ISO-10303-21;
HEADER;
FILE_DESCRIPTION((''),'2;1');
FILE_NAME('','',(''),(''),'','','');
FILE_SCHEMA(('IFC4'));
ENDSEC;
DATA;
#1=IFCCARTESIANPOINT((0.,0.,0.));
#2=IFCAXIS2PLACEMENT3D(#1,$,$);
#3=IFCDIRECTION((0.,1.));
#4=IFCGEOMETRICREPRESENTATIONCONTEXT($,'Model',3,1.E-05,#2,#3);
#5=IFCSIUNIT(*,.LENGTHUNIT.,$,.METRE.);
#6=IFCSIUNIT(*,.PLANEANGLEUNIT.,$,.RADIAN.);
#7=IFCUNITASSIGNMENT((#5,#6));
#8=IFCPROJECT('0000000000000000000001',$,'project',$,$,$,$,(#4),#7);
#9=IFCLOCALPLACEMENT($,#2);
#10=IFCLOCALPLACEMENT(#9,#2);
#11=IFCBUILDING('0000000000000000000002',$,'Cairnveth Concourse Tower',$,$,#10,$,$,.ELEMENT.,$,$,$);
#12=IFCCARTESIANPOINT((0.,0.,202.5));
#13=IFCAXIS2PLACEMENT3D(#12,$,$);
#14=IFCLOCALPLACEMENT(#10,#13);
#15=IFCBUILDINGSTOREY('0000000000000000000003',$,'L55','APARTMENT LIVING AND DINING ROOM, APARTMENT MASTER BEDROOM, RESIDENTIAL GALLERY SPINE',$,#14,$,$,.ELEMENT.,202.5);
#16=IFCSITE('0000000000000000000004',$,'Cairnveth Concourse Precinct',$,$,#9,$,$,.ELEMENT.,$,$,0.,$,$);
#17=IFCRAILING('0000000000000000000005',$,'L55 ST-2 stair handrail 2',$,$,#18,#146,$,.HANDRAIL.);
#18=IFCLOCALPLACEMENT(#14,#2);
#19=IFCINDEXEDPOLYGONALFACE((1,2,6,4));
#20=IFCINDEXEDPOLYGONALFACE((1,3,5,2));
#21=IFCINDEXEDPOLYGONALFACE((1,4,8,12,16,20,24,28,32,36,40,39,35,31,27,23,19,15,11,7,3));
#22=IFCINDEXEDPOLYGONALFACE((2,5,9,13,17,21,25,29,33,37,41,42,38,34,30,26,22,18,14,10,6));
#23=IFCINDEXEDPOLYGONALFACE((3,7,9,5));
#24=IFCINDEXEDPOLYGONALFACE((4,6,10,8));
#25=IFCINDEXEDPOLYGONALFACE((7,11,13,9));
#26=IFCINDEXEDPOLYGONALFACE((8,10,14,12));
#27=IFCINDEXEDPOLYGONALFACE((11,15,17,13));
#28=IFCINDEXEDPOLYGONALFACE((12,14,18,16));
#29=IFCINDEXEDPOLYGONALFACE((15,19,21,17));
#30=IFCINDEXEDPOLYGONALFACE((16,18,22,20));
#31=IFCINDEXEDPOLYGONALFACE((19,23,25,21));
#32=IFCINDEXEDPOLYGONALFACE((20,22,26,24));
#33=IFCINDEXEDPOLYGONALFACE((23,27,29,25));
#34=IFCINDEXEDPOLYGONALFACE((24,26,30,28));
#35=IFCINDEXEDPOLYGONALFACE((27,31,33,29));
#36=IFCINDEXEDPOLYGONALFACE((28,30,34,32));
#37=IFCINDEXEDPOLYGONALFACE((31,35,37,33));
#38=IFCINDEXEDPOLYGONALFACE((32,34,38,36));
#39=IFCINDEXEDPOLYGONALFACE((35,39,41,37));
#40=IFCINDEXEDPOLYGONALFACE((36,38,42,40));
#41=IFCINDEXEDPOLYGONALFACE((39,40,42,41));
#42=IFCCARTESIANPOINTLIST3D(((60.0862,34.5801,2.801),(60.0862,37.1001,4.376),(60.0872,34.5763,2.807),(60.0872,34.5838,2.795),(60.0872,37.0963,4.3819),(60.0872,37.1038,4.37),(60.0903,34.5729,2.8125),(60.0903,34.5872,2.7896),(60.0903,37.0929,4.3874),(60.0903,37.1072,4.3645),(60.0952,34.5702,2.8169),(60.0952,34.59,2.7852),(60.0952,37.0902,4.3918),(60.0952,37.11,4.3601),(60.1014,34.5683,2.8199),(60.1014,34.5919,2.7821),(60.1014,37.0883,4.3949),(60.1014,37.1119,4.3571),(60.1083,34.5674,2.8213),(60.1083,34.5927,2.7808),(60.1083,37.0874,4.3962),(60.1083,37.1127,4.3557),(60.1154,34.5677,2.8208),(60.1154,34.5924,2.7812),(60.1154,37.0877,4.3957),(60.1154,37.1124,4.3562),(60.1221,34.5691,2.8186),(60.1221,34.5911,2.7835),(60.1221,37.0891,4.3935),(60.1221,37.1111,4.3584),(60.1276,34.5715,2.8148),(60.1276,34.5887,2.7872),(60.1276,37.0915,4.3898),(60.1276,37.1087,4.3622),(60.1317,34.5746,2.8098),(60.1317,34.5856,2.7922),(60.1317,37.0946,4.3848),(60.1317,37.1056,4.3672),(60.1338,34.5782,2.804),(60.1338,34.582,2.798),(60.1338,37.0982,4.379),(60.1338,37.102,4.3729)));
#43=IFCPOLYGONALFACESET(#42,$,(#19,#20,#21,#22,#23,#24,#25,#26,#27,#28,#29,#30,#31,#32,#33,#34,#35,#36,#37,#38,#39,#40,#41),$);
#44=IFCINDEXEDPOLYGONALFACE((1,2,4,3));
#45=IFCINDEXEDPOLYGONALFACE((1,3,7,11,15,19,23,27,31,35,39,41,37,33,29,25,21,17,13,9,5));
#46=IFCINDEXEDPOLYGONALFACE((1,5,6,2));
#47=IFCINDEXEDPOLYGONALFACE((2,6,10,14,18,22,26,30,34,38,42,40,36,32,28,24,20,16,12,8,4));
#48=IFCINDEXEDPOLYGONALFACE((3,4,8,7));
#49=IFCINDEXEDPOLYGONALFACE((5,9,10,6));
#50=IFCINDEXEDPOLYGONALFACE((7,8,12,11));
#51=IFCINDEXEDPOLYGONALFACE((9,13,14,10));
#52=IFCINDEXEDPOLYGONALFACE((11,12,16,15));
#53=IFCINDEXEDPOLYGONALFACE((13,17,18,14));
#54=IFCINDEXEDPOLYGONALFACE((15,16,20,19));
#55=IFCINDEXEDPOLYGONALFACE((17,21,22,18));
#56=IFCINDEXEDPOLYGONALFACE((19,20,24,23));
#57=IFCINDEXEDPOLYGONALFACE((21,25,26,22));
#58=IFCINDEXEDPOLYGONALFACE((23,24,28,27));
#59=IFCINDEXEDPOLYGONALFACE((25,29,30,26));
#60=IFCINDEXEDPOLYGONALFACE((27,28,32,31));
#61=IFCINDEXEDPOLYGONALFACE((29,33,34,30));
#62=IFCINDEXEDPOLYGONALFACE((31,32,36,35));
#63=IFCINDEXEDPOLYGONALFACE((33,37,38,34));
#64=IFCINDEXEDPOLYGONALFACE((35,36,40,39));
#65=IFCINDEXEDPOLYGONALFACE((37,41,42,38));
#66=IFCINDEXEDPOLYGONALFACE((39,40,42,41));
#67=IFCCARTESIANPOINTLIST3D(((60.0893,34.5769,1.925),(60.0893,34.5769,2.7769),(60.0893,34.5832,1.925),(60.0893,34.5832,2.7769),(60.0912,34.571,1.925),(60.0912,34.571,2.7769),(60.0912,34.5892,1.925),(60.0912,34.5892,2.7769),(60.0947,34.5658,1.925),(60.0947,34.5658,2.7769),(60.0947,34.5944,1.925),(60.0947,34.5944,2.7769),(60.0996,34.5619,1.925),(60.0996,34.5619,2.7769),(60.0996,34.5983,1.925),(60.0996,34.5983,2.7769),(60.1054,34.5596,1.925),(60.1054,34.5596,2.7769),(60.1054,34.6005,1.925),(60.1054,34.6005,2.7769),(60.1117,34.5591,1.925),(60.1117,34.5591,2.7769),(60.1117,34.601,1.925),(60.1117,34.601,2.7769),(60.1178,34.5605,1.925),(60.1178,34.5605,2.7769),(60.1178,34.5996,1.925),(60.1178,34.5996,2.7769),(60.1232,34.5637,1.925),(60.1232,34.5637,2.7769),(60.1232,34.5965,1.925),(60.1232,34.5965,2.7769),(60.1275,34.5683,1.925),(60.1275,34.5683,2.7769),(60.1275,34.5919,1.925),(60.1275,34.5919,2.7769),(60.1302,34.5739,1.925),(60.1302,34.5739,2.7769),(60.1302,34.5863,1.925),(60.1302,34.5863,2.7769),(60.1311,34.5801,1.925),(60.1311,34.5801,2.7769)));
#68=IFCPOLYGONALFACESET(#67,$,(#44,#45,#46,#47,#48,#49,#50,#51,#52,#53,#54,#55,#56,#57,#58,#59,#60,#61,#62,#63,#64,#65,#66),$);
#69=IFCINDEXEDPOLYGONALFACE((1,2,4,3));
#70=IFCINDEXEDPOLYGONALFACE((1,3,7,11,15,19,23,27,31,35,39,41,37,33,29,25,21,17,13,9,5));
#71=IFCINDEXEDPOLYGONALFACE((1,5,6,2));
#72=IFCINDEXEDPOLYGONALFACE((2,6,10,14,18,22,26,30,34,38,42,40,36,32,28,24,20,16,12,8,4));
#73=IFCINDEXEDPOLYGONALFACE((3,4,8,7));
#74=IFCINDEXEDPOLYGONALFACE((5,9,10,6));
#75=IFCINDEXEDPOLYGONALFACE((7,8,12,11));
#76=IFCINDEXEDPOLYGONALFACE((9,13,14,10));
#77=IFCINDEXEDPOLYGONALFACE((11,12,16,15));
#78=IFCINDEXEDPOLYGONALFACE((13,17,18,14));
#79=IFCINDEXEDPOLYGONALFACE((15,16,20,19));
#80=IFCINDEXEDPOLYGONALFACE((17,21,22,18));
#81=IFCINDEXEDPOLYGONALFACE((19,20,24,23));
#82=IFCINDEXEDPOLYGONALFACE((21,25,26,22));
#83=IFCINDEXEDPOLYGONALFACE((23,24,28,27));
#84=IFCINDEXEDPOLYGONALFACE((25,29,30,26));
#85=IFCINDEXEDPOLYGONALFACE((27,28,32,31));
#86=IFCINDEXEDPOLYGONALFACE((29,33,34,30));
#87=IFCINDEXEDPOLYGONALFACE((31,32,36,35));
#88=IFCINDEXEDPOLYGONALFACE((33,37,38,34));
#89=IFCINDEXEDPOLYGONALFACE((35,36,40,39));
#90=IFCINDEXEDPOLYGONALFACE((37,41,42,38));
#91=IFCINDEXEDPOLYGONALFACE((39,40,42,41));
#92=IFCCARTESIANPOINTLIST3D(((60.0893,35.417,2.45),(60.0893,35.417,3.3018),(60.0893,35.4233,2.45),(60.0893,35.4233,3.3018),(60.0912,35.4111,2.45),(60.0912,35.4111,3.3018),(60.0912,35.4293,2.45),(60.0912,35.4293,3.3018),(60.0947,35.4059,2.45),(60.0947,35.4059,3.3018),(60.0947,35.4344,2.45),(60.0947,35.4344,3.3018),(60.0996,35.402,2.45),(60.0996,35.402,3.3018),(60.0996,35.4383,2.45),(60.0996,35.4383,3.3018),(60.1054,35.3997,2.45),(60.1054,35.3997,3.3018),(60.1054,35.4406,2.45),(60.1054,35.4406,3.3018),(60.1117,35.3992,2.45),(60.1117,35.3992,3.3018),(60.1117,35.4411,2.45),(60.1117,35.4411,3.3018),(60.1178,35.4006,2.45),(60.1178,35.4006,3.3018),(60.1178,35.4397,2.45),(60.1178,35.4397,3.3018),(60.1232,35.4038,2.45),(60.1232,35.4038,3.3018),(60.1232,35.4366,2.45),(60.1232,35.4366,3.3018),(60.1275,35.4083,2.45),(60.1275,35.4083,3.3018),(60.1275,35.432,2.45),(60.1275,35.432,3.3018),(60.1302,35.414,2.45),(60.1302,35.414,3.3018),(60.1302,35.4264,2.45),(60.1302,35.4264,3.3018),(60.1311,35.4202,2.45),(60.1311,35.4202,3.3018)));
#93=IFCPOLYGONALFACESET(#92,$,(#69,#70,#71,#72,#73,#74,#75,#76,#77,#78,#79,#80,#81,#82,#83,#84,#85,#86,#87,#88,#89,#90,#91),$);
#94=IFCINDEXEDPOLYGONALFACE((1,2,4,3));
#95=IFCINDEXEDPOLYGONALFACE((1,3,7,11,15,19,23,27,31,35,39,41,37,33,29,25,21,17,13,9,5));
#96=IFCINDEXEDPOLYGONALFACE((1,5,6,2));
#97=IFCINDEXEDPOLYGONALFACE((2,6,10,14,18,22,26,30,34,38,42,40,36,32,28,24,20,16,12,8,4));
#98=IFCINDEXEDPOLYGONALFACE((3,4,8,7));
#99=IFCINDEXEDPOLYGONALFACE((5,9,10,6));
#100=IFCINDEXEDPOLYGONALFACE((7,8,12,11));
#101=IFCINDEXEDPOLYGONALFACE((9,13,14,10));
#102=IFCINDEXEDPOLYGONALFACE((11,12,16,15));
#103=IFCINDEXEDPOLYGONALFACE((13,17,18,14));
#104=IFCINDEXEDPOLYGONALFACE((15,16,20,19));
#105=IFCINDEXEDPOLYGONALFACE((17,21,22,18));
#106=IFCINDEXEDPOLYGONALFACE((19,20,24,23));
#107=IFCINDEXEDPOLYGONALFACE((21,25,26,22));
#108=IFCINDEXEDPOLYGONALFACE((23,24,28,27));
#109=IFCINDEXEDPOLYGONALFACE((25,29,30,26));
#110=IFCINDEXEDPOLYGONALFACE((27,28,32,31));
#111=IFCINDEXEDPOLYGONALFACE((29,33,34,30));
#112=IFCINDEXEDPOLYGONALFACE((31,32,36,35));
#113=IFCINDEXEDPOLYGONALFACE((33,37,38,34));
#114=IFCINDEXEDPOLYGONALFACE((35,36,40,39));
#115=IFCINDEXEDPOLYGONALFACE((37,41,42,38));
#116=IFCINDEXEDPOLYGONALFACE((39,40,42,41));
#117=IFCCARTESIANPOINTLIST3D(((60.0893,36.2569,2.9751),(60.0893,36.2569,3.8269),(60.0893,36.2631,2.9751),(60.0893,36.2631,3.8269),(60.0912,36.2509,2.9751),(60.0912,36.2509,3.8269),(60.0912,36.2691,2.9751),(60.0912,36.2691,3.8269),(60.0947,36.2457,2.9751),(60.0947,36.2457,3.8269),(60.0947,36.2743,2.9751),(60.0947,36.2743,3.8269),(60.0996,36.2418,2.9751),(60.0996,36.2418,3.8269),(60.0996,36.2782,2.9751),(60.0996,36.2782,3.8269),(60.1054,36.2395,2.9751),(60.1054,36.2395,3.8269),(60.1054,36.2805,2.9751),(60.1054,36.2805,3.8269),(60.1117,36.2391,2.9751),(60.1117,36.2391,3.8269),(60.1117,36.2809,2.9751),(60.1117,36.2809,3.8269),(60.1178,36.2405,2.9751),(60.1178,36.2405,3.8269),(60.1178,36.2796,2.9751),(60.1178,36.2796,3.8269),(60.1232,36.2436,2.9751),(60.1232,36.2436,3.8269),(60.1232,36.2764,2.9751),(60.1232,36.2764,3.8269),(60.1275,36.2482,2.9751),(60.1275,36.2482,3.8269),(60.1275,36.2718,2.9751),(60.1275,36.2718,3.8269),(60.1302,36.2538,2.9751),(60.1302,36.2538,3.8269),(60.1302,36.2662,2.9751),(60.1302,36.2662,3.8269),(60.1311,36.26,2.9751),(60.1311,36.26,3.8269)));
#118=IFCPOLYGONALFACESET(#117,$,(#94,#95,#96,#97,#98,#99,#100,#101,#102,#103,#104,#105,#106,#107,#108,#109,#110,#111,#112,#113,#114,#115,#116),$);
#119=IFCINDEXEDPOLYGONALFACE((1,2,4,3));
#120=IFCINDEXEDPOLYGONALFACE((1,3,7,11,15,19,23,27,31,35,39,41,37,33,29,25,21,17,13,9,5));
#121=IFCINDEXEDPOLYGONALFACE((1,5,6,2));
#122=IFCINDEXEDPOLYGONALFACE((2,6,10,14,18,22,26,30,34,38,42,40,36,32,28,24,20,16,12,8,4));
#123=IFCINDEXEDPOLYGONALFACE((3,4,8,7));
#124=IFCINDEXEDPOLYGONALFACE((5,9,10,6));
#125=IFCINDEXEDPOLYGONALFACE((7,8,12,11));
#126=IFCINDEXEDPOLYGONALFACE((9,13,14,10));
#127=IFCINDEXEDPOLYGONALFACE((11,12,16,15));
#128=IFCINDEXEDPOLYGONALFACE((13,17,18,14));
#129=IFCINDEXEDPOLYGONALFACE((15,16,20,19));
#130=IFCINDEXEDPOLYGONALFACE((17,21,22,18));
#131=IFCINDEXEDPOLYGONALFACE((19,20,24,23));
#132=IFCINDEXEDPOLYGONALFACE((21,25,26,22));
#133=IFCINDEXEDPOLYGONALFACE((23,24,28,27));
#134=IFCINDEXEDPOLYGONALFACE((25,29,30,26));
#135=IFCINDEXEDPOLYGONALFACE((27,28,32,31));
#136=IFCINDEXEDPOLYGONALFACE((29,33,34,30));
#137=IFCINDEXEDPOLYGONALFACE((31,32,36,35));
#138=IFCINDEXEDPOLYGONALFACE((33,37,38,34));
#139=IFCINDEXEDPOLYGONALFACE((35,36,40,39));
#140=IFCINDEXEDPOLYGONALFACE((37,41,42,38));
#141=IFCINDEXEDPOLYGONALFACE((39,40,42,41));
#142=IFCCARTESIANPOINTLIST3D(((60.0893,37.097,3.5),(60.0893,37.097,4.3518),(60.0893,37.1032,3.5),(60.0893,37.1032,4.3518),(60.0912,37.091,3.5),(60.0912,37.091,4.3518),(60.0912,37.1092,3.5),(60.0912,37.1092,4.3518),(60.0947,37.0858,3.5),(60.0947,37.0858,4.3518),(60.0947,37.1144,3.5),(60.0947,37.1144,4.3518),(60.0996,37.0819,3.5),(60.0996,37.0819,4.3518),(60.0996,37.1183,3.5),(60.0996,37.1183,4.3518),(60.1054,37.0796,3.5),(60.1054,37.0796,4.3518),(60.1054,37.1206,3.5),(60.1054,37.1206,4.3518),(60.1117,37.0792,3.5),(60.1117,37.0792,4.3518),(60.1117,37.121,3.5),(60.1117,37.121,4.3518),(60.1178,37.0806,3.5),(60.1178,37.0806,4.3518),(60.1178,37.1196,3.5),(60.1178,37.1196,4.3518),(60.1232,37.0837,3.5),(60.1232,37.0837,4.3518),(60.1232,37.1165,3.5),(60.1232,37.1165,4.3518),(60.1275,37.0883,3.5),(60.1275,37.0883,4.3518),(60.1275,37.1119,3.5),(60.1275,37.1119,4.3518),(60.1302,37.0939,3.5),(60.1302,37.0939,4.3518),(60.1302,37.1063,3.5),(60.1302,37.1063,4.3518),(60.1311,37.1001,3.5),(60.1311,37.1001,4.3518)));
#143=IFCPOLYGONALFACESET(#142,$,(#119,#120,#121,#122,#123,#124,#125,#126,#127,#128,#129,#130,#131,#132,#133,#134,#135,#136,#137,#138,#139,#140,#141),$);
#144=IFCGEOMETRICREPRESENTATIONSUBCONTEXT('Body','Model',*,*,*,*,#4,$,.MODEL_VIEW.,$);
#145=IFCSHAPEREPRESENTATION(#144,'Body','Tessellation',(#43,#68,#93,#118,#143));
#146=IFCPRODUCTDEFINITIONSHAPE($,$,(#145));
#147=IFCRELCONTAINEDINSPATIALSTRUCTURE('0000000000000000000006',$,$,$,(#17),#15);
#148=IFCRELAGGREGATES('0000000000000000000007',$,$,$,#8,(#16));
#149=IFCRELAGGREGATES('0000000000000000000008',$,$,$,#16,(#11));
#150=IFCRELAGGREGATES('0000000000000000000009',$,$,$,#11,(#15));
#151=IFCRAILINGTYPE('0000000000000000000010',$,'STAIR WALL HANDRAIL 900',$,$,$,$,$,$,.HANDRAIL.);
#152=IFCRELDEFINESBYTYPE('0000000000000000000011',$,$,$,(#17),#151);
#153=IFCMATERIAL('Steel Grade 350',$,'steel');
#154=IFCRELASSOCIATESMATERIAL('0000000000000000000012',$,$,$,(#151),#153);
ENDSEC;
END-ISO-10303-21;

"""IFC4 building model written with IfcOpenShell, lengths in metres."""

from ifc_helpers import new_model, si_unit, direction, frame, origin, origin_2d, place, context, subcontext, project, spatial, circle, extrude, material, type_object, element, save


model = new_model("IFC4")

# Units and contexts
model_context = context("Model", 3, precision=1e-05, world=origin(), true_north=direction((0.0, 1.0)))
body_context = subcontext(model_context, "Body", "Model", "MODEL_VIEW")
ifc_project = project(units=[si_unit("LENGTHUNIT", "METRE"), si_unit("PLANEANGLEUNIT", "RADIAN")], contexts=[model_context])

# Site, building, storey
site_placement = place(None, origin())
site = spatial("IfcSite", under=ifc_project, at=site_placement, Name="Cairnveth Concourse Precinct", CompositionType="ELEMENT", RefElevation=0.0)
building_placement = place(site_placement, origin())
building = spatial("IfcBuilding", under=site, at=building_placement, Name="Cairnveth Concourse Tower", CompositionType="ELEMENT")
storey_placement = place(building_placement, frame((0.0, 0.0, 202.5)))
storey = spatial("IfcBuildingStorey", under=building, at=storey_placement, Name="L55", Description="APARTMENT LIVING AND DINING ROOM, APARTMENT MASTER BEDROOM, RESIDENTIAL GALLERY SPINE", CompositionType="ELEMENT", Elevation=202.5)

# Shared definitions
ifc_material_1 = material(Name="Steel Grade 350", Category="steel")

# Railing
railing_type = type_object("IfcRailingType", Name="STAIR WALL HANDRAIL 900", PredefinedType="HANDRAIL", material=ifc_material_1)
railing_placement = place(storey_placement, frame((60.1101, 34.5801, 1.925)))
element("IfcRailing", 1, at=railing_placement, inside=storey, type_object=railing_type, Name="L55 ST-2 stair handrail 2", PredefinedType="HANDRAIL", context=body_context, shape_type="SweptSolid", body=[
    extrude(circle(Radius=0.0239, at=origin_2d()), frame((0.0, 0.0, 0.876), z_axis=(0.0, 0.848008, 0.529984), x_axis=(-1.0, 0.0, 0.0)), (0.0, 0.0, 1.0), 2.9717),
    extrude(circle(Radius=0.021, at=origin_2d()), origin(), (0.0, 0.0, 1.0), 0.8518),
    extrude(circle(Radius=0.021, at=origin_2d()), frame((0.0, 0.8401, 0.5249)), (0.0, 0.0, 1.0), 0.8518),
    extrude(circle(Radius=0.021, at=origin_2d()), frame((0.0, 1.6799, 1.05)), (0.0, 0.0, 1.0), 0.8518),
    extrude(circle(Radius=0.021, at=origin_2d()), frame((0.0, 2.52, 1.575)), (0.0, 0.0, 1.0), 0.8518),
])

save(model, "model.ifc")
